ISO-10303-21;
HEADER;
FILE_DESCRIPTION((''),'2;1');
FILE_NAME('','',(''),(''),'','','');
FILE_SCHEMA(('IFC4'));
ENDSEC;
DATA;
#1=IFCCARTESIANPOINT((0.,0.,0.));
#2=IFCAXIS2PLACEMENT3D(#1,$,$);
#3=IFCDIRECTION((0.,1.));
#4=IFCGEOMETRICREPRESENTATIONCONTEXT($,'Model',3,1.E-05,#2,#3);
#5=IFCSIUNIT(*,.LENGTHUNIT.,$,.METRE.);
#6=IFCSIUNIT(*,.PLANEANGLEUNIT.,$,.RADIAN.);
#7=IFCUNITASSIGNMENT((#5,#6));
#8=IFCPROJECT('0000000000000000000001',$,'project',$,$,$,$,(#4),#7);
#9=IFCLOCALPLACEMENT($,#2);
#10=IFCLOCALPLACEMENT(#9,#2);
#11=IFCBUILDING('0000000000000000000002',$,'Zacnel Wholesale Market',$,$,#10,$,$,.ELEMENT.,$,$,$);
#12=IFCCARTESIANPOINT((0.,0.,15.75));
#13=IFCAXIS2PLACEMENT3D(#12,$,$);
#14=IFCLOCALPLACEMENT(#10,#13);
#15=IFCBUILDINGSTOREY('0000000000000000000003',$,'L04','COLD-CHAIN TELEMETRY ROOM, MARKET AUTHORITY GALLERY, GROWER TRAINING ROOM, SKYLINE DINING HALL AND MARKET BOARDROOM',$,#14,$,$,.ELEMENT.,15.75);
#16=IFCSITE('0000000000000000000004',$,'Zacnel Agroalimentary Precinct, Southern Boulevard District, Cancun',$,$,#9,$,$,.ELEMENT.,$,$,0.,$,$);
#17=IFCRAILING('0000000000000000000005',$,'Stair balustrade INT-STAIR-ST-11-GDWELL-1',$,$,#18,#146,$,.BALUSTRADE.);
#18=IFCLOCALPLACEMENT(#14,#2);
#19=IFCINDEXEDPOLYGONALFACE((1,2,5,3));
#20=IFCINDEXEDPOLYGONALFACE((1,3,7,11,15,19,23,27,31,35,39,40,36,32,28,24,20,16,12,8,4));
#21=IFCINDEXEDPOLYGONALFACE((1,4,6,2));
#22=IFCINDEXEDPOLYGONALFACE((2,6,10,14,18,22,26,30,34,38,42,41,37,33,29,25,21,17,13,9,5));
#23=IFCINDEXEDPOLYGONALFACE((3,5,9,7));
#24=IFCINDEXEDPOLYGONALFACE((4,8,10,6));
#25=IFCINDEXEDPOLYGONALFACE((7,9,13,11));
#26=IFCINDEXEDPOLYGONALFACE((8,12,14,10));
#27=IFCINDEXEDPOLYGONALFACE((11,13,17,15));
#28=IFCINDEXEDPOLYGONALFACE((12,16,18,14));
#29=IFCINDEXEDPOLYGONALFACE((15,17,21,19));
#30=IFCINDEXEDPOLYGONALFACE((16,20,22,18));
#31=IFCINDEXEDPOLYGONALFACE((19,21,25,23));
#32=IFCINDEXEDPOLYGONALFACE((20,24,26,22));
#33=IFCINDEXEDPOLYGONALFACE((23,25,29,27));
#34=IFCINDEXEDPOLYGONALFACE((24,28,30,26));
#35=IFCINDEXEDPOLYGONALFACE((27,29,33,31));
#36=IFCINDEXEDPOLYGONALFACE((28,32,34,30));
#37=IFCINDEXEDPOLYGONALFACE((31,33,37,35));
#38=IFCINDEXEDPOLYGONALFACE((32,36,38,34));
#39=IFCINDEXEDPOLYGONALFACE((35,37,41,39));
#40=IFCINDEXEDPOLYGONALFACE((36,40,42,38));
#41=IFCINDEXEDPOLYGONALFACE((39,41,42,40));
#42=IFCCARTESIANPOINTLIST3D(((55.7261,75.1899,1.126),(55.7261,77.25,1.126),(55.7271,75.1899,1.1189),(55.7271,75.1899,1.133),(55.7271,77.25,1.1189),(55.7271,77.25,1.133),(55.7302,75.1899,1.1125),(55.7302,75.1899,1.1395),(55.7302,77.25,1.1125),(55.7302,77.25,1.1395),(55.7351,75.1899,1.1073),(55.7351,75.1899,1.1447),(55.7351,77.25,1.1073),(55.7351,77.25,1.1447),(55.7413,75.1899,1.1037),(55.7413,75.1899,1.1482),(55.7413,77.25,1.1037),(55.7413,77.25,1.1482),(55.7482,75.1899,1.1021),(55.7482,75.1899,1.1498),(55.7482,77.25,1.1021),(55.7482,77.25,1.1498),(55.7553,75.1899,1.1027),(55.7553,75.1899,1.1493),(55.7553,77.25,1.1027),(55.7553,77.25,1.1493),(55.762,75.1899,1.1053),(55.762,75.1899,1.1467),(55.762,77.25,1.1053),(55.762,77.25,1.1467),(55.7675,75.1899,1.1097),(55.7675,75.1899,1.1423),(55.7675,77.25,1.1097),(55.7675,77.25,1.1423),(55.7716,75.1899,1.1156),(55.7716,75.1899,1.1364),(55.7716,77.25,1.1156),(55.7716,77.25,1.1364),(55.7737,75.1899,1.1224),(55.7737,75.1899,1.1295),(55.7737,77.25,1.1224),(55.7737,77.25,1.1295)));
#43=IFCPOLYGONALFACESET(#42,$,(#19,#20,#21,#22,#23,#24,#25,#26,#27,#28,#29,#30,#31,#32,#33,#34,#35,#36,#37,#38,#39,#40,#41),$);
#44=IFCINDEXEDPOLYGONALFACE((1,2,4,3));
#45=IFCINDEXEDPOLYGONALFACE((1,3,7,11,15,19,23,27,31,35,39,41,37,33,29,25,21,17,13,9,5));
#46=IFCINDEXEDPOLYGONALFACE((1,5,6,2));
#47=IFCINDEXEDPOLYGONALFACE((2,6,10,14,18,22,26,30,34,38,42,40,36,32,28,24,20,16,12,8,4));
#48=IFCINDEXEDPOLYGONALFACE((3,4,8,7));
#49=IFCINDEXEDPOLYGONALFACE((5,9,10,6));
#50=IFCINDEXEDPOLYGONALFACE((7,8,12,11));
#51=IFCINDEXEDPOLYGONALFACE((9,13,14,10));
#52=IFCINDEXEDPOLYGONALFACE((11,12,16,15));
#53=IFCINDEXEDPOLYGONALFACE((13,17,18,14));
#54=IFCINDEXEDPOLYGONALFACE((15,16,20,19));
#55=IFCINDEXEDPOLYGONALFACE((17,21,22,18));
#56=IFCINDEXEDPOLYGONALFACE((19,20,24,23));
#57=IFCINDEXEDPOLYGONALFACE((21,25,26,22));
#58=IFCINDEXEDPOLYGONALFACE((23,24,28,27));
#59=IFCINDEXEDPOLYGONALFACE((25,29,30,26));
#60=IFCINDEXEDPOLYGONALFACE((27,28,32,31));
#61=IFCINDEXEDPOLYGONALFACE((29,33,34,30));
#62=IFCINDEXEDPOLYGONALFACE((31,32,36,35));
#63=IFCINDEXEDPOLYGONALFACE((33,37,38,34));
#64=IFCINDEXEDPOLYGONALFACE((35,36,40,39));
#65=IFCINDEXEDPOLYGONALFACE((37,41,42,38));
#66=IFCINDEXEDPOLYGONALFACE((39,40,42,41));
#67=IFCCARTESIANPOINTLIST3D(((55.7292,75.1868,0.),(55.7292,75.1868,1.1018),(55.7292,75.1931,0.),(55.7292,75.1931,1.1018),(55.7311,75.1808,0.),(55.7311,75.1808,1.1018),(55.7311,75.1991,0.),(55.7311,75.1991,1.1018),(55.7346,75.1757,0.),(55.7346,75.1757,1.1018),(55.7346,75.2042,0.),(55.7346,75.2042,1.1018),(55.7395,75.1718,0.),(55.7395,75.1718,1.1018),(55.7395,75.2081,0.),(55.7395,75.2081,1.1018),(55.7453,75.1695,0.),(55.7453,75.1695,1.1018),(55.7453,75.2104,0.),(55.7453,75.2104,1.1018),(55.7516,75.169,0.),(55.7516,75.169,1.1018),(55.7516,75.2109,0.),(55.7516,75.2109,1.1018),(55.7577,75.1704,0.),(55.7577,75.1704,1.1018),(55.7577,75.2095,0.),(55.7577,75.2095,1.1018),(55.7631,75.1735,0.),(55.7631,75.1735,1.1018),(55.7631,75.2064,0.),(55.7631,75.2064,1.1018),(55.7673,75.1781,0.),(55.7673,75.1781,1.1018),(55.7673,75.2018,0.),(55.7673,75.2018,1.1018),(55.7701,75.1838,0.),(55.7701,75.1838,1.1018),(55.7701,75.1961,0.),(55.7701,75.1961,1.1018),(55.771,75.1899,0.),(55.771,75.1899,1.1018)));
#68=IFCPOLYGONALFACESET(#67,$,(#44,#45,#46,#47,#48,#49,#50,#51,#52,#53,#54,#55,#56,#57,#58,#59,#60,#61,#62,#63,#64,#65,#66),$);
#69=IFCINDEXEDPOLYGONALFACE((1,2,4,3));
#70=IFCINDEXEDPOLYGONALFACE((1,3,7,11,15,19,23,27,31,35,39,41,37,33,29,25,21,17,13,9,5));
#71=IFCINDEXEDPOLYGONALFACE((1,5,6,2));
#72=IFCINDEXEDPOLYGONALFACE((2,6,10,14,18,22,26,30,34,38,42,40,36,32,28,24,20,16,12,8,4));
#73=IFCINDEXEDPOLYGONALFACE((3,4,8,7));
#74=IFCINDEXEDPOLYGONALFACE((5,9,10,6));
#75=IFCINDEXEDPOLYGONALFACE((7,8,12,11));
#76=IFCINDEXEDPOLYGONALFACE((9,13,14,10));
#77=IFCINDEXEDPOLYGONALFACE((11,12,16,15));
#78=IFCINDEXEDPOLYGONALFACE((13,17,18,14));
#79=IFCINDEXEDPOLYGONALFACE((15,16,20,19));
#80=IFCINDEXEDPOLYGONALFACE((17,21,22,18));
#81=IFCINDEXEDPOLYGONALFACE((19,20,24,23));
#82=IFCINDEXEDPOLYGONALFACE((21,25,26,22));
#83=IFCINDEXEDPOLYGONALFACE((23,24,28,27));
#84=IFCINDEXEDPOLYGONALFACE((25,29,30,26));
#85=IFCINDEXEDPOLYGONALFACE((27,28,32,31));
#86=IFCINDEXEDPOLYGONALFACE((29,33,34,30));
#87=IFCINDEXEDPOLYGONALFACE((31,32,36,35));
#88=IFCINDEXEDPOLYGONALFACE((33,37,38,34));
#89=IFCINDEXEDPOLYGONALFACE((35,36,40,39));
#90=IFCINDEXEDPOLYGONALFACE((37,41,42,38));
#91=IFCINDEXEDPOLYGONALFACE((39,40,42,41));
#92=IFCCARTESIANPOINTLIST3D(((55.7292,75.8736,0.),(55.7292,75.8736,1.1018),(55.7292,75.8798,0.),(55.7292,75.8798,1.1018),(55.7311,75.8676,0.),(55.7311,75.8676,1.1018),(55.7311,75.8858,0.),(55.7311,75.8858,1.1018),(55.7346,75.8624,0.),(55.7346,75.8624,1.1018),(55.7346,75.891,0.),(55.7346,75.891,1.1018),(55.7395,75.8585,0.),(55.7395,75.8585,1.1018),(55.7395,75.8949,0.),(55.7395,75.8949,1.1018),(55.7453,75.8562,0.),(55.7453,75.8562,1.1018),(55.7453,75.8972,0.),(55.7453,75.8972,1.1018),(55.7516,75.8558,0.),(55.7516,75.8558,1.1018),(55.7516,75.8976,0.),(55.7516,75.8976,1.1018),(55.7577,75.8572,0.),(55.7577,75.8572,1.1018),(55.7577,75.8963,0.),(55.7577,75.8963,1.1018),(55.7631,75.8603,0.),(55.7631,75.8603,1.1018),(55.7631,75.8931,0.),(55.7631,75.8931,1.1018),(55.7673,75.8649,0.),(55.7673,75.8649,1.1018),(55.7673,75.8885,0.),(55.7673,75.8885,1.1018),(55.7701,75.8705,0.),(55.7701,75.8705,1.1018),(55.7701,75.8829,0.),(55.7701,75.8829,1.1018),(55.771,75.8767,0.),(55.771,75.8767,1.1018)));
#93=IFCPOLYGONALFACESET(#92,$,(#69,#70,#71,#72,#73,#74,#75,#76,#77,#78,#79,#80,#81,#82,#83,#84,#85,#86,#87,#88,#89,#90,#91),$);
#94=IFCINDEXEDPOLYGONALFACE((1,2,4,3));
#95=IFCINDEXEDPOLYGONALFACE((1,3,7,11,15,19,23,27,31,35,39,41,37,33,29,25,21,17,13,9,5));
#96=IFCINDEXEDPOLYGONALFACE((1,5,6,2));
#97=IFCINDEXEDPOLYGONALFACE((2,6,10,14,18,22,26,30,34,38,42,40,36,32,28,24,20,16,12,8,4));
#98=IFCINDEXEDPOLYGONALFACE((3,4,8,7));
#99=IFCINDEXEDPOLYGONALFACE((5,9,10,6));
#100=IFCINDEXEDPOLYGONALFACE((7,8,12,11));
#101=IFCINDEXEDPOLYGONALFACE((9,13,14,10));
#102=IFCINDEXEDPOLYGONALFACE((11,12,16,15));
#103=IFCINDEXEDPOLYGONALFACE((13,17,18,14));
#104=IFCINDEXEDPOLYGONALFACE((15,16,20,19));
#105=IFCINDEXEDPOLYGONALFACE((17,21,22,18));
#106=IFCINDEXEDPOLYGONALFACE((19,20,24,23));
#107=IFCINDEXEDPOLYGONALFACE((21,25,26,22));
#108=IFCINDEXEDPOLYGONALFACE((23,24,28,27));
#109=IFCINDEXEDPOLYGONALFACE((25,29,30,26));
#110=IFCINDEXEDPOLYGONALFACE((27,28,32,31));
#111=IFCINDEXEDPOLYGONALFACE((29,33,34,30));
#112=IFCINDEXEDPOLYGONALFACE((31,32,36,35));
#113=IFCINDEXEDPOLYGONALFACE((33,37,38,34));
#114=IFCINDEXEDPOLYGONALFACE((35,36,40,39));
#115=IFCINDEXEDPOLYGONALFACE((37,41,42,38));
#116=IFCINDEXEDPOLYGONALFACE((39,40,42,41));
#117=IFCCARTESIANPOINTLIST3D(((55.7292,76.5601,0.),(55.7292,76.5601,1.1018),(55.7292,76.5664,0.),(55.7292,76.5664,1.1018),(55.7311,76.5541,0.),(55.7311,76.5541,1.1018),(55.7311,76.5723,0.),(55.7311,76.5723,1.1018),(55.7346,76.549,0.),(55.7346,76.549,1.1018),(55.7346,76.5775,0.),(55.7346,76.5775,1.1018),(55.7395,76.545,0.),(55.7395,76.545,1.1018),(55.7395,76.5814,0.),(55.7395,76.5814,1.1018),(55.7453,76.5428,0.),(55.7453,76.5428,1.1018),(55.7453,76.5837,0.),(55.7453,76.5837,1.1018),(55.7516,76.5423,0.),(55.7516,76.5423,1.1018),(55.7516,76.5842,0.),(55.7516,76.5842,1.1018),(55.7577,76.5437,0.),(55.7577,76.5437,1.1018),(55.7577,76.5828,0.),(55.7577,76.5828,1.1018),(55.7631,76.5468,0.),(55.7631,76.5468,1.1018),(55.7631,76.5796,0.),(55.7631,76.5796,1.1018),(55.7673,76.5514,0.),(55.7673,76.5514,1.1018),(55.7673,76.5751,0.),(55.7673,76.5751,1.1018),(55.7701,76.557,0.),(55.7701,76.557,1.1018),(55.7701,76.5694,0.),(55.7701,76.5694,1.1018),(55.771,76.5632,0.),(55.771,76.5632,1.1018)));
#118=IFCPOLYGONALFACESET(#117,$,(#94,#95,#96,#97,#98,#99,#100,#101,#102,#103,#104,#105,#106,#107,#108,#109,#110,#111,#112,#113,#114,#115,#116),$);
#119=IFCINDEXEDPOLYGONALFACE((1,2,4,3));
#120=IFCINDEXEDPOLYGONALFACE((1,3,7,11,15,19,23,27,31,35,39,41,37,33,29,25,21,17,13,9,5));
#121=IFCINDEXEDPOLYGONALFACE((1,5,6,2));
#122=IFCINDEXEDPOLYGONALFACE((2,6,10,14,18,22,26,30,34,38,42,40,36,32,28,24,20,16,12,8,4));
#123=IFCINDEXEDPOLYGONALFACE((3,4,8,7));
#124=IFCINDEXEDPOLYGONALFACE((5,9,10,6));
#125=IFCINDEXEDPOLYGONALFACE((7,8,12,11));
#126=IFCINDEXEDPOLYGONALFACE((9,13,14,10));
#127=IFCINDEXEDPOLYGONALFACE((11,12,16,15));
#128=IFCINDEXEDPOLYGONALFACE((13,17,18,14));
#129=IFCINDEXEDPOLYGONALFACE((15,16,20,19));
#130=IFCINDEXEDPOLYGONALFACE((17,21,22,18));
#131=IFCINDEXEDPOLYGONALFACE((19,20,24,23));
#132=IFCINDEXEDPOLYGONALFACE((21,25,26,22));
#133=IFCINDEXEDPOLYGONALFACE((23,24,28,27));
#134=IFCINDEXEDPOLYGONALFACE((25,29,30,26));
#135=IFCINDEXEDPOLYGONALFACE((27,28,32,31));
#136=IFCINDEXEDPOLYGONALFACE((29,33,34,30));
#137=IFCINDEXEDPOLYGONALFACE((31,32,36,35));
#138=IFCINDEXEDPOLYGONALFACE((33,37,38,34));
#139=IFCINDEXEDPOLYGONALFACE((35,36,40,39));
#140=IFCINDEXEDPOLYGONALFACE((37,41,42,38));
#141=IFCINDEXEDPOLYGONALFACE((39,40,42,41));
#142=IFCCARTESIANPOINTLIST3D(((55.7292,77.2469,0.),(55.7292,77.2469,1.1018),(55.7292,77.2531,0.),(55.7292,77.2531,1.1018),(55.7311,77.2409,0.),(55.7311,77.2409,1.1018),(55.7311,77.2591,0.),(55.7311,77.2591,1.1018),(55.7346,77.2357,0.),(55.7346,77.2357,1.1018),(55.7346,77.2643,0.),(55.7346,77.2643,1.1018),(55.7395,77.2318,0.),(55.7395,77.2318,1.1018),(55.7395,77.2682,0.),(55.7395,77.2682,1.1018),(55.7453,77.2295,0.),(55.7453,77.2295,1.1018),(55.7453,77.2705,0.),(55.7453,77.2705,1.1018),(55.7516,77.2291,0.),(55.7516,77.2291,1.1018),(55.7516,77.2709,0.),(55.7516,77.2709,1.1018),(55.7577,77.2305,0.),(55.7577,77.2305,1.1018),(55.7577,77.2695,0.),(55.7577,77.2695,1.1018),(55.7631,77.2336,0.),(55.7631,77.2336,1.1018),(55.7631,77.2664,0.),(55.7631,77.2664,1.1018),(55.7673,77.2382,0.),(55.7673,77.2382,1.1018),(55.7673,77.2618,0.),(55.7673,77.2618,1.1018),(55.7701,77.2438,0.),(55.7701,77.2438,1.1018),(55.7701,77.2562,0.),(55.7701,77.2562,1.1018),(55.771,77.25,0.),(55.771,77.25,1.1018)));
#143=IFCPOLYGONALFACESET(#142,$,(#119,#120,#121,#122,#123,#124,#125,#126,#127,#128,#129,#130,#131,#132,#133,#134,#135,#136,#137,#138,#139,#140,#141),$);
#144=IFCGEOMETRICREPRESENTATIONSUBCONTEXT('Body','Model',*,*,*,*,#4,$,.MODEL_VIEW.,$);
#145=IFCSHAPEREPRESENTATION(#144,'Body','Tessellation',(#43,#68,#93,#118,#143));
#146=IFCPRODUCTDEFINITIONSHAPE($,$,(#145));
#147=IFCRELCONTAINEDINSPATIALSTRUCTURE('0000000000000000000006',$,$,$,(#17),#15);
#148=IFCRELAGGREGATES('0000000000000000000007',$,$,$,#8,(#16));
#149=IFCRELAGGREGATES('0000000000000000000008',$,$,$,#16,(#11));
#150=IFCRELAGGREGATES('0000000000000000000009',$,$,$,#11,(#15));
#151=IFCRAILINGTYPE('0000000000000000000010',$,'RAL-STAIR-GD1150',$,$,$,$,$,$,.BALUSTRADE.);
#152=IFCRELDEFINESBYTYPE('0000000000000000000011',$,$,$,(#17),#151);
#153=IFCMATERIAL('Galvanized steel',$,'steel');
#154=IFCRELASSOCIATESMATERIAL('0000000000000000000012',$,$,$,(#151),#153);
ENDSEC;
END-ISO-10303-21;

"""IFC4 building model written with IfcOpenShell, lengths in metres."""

from ifc_helpers import new_model, si_unit, direction, frame, origin, origin_2d, place, context, subcontext, project, spatial, circle, extrude, material, type_object, element, save


model = new_model("IFC4")

# Units and contexts
model_context = context("Model", 3, precision=1e-05, world=origin(), true_north=direction((0.0, 1.0)))
body_context = subcontext(model_context, "Body", "Model", "MODEL_VIEW")
ifc_project = project(units=[si_unit("LENGTHUNIT", "METRE"), si_unit("PLANEANGLEUNIT", "RADIAN")], contexts=[model_context])

# Site, building, storey
site_placement = place(None, origin())
site = spatial("IfcSite", under=ifc_project, at=site_placement, Name="Zacnel Agroalimentary Precinct, Southern Boulevard District, Cancun", CompositionType="ELEMENT", RefElevation=0.0)
building_placement = place(site_placement, origin())
building = spatial("IfcBuilding", under=site, at=building_placement, Name="Zacnel Wholesale Market", CompositionType="ELEMENT")
storey_placement = place(building_placement, frame((0.0, 0.0, 15.75)))
storey = spatial("IfcBuildingStorey", under=building, at=storey_placement, Name="L04", Description="COLD-CHAIN TELEMETRY ROOM, MARKET AUTHORITY GALLERY, GROWER TRAINING ROOM, SKYLINE DINING HALL AND MARKET BOARDROOM", CompositionType="ELEMENT", Elevation=15.75)

# Railing
ifc_material_1 = material(Name="Galvanized steel", Category="steel")
railing_type = type_object("IfcRailingType", Name="RAL-STAIR-GD1150", PredefinedType="BALUSTRADE", material=ifc_material_1)
railing_placement = place(storey_placement, frame((55.75, 75.1899, 0.0)))
element("IfcRailing", 1, at=railing_placement, inside=storey, type_object=railing_type, Name="Stair balustrade INT-STAIR-ST-11-GDWELL-1", PredefinedType="BALUSTRADE", context=body_context, shape_type="SweptSolid", body=[
    extrude(circle(Radius=0.0239, at=origin_2d()), frame((0.0, 0.0, 1.126), z_axis=(0.0, 1.0, 0.0), x_axis=(-1.0, 0.0, 0.0)), (0.0, 0.0, 1.0), 2.0601),
    extrude(circle(Radius=0.021, at=origin_2d()), origin(), (0.0, 0.0, 1.0), 1.1018),
    extrude(circle(Radius=0.021, at=origin_2d()), frame((0.0, 0.6868, 0.0)), (0.0, 0.0, 1.0), 1.1018),
    extrude(circle(Radius=0.021, at=origin_2d()), frame((0.0, 1.3733, 0.0)), (0.0, 0.0, 1.0), 1.1018),
    extrude(circle(Radius=0.021, at=origin_2d()), frame((0.0, 2.0601, 0.0)), (0.0, 0.0, 1.0), 1.1018),
])

save(model, "model.ifc")
